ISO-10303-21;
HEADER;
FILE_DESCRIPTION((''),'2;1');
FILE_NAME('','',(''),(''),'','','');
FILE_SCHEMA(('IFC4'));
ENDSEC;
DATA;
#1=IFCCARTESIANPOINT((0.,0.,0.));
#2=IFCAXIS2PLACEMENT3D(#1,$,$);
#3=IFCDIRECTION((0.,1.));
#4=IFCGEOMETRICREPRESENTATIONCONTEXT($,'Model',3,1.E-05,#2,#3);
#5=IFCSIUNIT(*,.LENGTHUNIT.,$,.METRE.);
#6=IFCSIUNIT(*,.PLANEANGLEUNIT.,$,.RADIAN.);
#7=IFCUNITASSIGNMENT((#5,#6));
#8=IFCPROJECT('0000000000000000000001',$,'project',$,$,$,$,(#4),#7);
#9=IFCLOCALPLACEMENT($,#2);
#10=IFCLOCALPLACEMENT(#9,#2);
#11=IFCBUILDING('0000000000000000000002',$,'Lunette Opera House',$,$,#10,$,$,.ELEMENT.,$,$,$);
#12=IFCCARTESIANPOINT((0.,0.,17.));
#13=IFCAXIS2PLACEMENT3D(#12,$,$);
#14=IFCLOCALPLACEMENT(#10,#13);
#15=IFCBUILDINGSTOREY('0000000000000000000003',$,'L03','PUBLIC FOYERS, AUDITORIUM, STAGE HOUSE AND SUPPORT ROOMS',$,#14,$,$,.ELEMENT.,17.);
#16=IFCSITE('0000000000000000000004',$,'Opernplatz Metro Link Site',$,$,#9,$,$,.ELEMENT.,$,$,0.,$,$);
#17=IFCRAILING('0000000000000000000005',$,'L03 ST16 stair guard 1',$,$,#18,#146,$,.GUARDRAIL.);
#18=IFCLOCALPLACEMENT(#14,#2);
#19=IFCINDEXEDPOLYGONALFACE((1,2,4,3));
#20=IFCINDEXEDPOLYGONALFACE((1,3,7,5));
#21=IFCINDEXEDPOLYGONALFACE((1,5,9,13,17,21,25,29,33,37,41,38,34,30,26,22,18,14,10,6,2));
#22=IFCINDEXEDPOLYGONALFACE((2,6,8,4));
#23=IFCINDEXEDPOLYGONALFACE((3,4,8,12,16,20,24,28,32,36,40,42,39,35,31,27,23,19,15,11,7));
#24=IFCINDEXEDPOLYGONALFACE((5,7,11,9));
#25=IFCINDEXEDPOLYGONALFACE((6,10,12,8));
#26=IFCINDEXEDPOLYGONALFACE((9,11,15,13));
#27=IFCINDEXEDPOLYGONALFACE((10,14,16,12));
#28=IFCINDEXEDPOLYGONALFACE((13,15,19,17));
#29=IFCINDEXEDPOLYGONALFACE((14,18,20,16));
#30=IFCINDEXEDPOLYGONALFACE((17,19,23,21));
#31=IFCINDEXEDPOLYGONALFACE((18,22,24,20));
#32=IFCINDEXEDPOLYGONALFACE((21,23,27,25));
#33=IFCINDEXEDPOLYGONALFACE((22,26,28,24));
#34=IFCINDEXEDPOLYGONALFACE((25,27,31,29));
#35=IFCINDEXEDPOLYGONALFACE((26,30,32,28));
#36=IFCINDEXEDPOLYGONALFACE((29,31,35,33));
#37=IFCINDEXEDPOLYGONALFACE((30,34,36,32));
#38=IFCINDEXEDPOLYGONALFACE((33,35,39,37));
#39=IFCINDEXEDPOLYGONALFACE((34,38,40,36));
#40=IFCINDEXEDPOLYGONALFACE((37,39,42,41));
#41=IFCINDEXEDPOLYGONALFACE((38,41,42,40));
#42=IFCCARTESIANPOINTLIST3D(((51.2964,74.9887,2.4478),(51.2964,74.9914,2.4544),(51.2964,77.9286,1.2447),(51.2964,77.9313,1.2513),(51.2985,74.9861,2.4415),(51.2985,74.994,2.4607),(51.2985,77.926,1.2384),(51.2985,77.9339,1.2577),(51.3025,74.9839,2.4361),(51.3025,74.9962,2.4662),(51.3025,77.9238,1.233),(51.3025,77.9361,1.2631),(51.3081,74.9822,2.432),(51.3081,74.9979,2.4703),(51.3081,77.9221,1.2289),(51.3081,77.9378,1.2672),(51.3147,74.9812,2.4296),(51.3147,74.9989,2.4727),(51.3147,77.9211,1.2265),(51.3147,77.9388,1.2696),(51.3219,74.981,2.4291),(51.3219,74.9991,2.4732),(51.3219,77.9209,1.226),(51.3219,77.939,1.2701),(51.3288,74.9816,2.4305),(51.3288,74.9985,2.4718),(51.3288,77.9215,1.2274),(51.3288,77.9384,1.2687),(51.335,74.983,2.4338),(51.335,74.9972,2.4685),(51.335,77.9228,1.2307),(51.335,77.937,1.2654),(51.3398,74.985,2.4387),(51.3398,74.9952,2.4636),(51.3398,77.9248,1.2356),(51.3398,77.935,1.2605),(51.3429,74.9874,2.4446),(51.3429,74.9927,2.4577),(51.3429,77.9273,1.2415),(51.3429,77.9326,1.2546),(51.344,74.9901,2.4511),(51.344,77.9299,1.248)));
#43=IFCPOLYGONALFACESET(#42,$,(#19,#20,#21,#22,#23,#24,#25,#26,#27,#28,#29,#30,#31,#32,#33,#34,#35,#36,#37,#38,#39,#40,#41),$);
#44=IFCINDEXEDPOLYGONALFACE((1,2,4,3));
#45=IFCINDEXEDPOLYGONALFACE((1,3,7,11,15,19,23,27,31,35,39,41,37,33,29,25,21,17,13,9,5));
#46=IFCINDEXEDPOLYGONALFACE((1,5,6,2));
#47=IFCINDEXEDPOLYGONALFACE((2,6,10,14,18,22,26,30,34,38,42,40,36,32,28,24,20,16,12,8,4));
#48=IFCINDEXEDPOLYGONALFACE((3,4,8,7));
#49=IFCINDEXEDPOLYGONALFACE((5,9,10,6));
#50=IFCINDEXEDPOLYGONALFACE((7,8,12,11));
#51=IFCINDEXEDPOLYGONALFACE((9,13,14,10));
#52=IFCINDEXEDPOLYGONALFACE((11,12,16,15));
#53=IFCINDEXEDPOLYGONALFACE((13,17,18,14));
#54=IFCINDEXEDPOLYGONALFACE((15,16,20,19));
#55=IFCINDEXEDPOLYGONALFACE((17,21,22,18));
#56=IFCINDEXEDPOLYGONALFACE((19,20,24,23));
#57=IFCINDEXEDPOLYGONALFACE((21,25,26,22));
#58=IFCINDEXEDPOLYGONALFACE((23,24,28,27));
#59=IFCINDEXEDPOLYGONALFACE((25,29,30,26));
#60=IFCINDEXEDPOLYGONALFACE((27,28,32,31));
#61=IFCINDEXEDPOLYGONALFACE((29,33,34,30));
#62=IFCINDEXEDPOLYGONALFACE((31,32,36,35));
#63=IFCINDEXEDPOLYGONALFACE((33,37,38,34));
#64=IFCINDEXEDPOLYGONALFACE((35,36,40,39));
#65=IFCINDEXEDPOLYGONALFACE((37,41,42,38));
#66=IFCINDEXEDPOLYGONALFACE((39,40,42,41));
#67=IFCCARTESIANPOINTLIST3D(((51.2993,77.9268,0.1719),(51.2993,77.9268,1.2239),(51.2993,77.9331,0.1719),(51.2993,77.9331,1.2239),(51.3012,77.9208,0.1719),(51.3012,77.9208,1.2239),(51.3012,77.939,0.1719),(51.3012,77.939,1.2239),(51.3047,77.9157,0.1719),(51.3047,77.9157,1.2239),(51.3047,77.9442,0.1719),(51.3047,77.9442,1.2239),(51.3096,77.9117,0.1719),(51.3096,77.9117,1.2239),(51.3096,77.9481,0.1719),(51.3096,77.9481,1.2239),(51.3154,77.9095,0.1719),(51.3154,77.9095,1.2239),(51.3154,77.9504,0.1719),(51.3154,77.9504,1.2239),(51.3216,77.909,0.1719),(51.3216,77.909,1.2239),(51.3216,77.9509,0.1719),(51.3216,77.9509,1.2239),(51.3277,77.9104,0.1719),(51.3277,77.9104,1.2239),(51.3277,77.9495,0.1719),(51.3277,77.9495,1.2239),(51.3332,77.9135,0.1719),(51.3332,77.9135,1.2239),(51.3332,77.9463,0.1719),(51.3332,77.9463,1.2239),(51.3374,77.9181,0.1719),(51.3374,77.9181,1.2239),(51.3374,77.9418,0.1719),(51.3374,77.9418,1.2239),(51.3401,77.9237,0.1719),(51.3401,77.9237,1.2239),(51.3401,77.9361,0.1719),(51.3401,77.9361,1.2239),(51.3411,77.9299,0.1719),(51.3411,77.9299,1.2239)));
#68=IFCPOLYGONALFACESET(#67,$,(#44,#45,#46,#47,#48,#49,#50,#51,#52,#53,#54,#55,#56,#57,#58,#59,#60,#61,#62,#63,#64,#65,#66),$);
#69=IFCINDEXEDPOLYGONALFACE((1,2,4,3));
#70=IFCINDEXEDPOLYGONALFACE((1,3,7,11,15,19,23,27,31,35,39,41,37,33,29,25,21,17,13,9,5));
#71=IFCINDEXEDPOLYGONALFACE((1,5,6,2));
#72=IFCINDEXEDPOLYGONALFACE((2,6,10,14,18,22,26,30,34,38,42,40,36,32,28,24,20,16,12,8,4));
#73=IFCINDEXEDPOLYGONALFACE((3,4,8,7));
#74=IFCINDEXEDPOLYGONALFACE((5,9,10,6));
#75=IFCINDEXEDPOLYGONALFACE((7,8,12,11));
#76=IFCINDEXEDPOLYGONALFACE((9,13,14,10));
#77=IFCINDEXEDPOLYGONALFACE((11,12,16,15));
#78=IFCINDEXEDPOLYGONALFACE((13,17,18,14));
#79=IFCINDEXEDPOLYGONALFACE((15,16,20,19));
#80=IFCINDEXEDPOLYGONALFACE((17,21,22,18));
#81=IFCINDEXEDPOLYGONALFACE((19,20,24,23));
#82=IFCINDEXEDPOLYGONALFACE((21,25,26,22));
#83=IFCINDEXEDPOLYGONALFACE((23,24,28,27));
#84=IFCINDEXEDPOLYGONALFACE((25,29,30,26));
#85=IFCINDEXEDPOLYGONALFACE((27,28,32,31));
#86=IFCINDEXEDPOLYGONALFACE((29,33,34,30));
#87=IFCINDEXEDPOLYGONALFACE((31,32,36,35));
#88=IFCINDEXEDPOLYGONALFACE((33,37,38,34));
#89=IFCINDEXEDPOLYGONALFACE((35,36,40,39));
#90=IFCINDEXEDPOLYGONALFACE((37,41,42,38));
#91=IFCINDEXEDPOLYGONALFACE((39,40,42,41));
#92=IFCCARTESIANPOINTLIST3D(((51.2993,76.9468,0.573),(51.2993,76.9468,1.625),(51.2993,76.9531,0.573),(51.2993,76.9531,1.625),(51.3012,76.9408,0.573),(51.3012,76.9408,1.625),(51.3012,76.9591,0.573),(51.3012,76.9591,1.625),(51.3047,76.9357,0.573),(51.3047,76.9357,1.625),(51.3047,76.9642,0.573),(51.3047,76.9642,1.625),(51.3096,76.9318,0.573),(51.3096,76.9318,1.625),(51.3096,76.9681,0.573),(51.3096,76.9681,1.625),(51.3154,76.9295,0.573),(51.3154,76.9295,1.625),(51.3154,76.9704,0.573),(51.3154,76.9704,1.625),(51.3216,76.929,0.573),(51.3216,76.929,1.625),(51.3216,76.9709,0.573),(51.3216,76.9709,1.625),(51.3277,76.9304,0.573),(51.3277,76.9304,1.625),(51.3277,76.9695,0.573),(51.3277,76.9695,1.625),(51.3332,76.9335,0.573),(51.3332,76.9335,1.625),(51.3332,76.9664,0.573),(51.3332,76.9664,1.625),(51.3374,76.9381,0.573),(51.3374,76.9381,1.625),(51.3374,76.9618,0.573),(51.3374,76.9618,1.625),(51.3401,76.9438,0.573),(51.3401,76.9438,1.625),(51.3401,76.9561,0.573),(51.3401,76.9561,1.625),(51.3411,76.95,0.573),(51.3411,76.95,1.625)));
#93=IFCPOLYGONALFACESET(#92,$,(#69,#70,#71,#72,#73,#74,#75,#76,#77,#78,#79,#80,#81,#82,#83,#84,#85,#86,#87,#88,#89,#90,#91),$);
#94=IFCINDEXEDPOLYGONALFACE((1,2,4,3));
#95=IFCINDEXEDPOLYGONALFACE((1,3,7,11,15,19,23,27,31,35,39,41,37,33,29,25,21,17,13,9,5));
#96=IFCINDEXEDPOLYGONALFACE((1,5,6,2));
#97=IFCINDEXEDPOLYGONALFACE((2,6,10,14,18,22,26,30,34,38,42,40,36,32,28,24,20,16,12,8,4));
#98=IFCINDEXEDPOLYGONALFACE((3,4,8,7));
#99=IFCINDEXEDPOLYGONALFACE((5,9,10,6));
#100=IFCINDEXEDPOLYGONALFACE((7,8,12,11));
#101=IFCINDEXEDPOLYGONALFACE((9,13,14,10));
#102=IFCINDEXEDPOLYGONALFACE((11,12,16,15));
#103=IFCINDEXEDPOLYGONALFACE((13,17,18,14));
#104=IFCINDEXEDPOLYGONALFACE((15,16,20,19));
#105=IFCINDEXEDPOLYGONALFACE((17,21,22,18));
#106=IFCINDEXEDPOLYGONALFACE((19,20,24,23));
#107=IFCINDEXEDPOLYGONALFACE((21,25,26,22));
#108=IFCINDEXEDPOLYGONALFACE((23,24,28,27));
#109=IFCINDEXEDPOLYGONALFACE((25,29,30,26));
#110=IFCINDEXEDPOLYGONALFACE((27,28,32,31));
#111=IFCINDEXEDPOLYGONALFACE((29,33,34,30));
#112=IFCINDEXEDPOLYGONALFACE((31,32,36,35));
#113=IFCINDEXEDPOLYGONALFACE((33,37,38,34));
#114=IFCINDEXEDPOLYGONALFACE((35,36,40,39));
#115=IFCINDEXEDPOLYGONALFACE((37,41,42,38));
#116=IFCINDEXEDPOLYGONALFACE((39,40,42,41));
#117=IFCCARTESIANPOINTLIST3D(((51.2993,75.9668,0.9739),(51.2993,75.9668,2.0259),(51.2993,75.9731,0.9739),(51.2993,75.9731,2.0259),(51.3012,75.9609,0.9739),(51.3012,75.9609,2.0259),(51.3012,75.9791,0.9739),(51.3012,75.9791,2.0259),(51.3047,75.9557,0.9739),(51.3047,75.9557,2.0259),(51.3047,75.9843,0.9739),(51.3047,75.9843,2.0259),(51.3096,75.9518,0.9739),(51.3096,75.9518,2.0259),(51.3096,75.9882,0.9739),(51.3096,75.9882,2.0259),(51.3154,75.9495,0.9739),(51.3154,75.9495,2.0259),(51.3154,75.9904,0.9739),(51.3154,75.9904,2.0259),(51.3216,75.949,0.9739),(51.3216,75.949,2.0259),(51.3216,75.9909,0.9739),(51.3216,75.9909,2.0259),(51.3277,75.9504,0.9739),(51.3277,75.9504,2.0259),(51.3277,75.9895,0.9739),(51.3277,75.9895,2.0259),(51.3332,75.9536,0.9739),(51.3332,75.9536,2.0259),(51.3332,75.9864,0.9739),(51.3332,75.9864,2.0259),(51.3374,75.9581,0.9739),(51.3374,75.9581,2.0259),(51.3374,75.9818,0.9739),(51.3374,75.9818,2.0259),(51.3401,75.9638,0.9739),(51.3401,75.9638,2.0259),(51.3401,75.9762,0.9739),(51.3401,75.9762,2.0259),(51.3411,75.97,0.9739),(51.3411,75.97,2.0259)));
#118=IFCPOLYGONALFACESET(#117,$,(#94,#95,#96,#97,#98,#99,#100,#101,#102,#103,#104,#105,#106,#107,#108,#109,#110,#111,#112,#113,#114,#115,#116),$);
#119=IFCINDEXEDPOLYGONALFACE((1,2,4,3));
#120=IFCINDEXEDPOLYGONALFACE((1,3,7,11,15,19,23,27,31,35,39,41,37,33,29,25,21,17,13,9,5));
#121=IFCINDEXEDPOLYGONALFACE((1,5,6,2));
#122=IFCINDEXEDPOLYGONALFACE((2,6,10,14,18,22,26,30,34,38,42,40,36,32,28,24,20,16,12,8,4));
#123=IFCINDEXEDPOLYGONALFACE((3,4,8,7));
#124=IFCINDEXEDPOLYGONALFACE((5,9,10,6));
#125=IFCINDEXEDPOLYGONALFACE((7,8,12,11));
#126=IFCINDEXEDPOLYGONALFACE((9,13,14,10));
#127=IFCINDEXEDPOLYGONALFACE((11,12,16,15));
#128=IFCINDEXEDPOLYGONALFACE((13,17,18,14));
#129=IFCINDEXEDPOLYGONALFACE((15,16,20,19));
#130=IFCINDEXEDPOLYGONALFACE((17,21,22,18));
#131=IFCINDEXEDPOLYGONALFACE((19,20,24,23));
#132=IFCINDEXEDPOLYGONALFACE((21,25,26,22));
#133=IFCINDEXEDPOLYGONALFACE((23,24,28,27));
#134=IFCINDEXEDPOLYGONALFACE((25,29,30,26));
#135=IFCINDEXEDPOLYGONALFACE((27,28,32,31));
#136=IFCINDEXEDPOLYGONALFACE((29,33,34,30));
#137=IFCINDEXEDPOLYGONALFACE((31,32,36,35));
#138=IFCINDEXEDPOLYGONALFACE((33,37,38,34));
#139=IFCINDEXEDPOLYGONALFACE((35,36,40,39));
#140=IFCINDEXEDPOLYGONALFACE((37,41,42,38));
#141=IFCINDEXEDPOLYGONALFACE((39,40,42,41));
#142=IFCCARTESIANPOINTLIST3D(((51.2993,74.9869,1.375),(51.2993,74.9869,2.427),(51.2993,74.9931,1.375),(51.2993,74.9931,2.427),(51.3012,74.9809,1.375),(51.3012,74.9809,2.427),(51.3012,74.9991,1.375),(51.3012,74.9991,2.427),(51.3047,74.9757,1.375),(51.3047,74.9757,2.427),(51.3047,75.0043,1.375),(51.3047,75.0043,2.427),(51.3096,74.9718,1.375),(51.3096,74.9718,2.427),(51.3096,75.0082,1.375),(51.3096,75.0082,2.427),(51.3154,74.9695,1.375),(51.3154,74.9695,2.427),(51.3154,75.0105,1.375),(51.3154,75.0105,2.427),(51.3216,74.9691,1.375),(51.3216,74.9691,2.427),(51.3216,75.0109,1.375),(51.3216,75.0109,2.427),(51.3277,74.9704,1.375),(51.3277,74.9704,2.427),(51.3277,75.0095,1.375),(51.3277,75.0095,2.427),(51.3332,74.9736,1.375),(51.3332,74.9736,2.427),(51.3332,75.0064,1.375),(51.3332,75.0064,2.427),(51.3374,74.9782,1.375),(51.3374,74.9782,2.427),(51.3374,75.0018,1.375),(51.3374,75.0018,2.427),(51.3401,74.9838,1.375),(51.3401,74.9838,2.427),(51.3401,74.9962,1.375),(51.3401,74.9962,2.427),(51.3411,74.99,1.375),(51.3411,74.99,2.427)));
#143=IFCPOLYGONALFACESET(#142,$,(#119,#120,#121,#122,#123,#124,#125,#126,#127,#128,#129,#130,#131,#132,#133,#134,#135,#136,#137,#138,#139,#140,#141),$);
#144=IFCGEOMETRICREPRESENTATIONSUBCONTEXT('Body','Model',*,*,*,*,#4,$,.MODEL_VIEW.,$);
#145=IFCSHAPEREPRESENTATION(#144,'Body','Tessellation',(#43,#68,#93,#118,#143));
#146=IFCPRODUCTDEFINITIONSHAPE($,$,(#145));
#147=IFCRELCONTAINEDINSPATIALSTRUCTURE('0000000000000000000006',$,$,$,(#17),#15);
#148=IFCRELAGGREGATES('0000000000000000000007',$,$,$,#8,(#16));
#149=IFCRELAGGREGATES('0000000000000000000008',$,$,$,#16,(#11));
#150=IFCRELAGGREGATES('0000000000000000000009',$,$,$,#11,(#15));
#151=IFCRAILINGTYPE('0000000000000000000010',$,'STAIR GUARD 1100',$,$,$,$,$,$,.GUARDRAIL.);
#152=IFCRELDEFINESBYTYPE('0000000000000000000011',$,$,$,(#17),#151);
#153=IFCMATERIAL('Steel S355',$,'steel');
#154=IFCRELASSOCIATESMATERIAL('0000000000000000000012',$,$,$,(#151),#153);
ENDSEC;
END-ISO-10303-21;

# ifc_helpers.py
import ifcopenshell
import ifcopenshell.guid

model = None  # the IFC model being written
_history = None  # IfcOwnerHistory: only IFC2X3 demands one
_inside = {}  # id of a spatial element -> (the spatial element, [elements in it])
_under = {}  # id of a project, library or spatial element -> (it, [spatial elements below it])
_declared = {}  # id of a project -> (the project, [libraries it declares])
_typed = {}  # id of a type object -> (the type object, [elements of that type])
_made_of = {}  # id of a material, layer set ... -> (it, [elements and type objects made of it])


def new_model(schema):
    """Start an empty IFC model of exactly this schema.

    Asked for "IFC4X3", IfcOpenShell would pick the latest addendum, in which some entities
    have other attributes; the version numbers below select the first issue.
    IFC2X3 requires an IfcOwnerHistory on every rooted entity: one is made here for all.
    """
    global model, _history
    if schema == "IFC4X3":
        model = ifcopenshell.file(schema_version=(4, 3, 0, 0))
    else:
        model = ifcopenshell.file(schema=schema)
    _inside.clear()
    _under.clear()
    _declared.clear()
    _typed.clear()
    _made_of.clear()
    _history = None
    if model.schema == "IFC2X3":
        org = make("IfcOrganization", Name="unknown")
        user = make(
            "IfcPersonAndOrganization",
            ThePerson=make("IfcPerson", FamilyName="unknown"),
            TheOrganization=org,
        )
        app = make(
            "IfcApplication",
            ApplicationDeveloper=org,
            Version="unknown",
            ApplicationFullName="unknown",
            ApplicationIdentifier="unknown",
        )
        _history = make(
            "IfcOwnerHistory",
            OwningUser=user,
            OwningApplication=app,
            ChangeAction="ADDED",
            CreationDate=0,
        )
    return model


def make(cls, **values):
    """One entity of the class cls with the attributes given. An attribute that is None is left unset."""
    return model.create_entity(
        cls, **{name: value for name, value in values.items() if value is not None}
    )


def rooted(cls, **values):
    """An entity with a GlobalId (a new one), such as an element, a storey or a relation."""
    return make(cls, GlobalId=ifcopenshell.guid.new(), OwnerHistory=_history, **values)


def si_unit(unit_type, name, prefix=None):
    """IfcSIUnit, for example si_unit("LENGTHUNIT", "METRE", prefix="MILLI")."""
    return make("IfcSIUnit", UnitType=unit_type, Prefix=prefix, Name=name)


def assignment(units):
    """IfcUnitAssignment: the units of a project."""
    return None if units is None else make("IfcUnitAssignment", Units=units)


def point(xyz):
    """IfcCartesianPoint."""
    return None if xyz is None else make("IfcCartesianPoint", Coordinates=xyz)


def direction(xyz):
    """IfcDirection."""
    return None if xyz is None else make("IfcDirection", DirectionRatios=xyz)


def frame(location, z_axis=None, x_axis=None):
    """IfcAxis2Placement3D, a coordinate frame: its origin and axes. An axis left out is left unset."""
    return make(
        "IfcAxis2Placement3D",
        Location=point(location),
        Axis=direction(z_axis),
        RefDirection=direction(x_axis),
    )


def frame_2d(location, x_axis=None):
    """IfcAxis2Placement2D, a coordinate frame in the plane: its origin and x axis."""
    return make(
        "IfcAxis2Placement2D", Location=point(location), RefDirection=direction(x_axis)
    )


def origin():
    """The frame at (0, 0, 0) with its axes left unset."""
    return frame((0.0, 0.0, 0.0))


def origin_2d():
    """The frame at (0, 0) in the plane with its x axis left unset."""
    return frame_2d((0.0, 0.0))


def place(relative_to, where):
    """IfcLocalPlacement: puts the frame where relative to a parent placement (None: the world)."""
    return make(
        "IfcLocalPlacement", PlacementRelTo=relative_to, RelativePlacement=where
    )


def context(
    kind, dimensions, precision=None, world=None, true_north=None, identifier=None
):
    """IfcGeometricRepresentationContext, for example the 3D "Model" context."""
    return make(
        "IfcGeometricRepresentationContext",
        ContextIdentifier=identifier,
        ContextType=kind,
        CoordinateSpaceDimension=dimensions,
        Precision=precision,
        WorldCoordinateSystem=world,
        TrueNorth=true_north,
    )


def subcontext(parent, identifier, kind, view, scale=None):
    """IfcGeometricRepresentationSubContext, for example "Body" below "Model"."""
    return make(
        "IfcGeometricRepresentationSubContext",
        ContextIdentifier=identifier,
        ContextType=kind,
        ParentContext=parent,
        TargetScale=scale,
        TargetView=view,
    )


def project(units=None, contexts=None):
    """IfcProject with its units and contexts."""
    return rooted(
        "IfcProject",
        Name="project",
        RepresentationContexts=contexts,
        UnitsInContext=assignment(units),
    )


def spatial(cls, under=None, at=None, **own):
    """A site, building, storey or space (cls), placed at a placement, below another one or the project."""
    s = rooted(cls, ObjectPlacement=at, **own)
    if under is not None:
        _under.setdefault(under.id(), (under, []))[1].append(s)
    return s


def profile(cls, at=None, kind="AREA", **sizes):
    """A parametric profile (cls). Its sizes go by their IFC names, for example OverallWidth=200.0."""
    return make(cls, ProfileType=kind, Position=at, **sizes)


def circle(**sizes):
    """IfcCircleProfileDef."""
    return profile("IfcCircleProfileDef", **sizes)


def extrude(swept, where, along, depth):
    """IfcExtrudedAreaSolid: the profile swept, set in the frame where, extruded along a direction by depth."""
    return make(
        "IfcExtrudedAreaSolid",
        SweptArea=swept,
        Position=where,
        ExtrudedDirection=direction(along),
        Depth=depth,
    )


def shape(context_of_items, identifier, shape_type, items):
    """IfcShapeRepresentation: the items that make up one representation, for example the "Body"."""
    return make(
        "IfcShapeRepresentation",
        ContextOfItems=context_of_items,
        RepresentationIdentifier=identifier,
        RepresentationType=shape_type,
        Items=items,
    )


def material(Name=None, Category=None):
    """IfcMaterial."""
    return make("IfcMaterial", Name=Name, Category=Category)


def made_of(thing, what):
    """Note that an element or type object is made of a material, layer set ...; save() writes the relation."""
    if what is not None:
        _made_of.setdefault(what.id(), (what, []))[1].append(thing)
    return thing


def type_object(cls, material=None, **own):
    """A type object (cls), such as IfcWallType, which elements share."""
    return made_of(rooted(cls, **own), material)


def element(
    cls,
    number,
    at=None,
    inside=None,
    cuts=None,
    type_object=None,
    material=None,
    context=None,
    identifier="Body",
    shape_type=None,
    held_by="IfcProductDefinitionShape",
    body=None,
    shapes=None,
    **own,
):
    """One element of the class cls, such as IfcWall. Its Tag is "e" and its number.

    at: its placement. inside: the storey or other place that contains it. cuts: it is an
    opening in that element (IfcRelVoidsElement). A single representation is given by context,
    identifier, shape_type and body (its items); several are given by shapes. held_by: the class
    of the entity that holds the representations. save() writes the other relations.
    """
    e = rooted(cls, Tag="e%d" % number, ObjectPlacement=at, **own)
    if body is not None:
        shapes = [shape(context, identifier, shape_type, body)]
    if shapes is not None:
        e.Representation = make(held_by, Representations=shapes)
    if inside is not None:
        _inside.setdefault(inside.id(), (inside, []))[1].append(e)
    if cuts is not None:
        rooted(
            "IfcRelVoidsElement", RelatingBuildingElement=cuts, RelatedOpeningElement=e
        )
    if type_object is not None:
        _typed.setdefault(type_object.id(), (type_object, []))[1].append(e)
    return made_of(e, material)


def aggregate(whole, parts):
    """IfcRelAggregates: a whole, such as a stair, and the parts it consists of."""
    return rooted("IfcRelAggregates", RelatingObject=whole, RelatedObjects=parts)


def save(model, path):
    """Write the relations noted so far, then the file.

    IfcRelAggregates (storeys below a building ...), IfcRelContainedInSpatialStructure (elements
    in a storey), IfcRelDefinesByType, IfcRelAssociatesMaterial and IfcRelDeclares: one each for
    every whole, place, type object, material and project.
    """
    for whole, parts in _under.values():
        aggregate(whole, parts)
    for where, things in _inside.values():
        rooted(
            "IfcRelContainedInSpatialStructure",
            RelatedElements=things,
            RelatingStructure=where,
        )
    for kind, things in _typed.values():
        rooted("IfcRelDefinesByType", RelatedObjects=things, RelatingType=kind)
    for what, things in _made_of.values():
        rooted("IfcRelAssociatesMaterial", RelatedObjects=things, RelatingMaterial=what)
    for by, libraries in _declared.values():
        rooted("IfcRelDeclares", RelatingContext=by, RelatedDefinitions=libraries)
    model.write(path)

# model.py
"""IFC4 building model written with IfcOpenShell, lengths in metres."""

from ifc_helpers import new_model, si_unit, direction, frame, origin, origin_2d, place, context, subcontext, project, spatial, circle, extrude, material, type_object, element, save


model = new_model("IFC4")

# Units and contexts
model_context = context("Model", 3, precision=1e-05, world=origin(), true_north=direction((0.0, 1.0)))
body_context = subcontext(model_context, "Body", "Model", "MODEL_VIEW")
ifc_project = project(units=[si_unit("LENGTHUNIT", "METRE"), si_unit("PLANEANGLEUNIT", "RADIAN")], contexts=[model_context])

# Site, building, storey
site_placement = place(None, origin())
site = spatial("IfcSite", under=ifc_project, at=site_placement, Name="Opernplatz Metro Link Site", CompositionType="ELEMENT", RefElevation=0.0)
building_placement = place(site_placement, origin())
building = spatial("IfcBuilding", under=site, at=building_placement, Name="Lunette Opera House", CompositionType="ELEMENT")
storey_placement = place(building_placement, frame((0.0, 0.0, 17.0)))
storey = spatial("IfcBuildingStorey", under=building, at=storey_placement, Name="L03", Description="PUBLIC FOYERS, AUDITORIUM, STAGE HOUSE AND SUPPORT ROOMS", CompositionType="ELEMENT", Elevation=17.0)

# Railing
ifc_material_1 = material(Name="Steel S355", Category="steel")
railing_type_1 = type_object("IfcRailingType", Name="STAIR GUARD 1100", PredefinedType="GUARDRAIL", material=ifc_material_1)
railing_1_placement = place(storey_placement, frame((51.3201, 77.9299, 0.1719)))
element("IfcRailing", 1, at=railing_1_placement, inside=storey, type_object=railing_type_1, Name="L03 ST16 stair guard 1", PredefinedType="GUARDRAIL", context=body_context, shape_type="SweptSolid", body=[
    extrude(circle(Radius=0.0239, at=origin_2d()), frame((0.0, 0.0, 1.0762), z_axis=(0.0, -0.9255, 0.378747), x_axis=(1.0, 0.0, 0.0)), (0.0, 0.0, 1.0), 3.1765),
    extrude(circle(Radius=0.021, at=origin_2d()), origin(), (0.0, 0.0, 1.0), 1.052),
    extrude(circle(Radius=0.021, at=origin_2d()), frame((0.0, -0.98, 0.4011)), (0.0, 0.0, 1.0), 1.052),
    extrude(circle(Radius=0.021, at=origin_2d()), frame((0.0, -1.96, 0.802)), (0.0, 0.0, 1.0), 1.052),
    extrude(circle(Radius=0.021, at=origin_2d()), frame((0.0, -2.9399, 1.2031)), (0.0, 0.0, 1.0), 1.052),
])

save(model, "model.ifc")
